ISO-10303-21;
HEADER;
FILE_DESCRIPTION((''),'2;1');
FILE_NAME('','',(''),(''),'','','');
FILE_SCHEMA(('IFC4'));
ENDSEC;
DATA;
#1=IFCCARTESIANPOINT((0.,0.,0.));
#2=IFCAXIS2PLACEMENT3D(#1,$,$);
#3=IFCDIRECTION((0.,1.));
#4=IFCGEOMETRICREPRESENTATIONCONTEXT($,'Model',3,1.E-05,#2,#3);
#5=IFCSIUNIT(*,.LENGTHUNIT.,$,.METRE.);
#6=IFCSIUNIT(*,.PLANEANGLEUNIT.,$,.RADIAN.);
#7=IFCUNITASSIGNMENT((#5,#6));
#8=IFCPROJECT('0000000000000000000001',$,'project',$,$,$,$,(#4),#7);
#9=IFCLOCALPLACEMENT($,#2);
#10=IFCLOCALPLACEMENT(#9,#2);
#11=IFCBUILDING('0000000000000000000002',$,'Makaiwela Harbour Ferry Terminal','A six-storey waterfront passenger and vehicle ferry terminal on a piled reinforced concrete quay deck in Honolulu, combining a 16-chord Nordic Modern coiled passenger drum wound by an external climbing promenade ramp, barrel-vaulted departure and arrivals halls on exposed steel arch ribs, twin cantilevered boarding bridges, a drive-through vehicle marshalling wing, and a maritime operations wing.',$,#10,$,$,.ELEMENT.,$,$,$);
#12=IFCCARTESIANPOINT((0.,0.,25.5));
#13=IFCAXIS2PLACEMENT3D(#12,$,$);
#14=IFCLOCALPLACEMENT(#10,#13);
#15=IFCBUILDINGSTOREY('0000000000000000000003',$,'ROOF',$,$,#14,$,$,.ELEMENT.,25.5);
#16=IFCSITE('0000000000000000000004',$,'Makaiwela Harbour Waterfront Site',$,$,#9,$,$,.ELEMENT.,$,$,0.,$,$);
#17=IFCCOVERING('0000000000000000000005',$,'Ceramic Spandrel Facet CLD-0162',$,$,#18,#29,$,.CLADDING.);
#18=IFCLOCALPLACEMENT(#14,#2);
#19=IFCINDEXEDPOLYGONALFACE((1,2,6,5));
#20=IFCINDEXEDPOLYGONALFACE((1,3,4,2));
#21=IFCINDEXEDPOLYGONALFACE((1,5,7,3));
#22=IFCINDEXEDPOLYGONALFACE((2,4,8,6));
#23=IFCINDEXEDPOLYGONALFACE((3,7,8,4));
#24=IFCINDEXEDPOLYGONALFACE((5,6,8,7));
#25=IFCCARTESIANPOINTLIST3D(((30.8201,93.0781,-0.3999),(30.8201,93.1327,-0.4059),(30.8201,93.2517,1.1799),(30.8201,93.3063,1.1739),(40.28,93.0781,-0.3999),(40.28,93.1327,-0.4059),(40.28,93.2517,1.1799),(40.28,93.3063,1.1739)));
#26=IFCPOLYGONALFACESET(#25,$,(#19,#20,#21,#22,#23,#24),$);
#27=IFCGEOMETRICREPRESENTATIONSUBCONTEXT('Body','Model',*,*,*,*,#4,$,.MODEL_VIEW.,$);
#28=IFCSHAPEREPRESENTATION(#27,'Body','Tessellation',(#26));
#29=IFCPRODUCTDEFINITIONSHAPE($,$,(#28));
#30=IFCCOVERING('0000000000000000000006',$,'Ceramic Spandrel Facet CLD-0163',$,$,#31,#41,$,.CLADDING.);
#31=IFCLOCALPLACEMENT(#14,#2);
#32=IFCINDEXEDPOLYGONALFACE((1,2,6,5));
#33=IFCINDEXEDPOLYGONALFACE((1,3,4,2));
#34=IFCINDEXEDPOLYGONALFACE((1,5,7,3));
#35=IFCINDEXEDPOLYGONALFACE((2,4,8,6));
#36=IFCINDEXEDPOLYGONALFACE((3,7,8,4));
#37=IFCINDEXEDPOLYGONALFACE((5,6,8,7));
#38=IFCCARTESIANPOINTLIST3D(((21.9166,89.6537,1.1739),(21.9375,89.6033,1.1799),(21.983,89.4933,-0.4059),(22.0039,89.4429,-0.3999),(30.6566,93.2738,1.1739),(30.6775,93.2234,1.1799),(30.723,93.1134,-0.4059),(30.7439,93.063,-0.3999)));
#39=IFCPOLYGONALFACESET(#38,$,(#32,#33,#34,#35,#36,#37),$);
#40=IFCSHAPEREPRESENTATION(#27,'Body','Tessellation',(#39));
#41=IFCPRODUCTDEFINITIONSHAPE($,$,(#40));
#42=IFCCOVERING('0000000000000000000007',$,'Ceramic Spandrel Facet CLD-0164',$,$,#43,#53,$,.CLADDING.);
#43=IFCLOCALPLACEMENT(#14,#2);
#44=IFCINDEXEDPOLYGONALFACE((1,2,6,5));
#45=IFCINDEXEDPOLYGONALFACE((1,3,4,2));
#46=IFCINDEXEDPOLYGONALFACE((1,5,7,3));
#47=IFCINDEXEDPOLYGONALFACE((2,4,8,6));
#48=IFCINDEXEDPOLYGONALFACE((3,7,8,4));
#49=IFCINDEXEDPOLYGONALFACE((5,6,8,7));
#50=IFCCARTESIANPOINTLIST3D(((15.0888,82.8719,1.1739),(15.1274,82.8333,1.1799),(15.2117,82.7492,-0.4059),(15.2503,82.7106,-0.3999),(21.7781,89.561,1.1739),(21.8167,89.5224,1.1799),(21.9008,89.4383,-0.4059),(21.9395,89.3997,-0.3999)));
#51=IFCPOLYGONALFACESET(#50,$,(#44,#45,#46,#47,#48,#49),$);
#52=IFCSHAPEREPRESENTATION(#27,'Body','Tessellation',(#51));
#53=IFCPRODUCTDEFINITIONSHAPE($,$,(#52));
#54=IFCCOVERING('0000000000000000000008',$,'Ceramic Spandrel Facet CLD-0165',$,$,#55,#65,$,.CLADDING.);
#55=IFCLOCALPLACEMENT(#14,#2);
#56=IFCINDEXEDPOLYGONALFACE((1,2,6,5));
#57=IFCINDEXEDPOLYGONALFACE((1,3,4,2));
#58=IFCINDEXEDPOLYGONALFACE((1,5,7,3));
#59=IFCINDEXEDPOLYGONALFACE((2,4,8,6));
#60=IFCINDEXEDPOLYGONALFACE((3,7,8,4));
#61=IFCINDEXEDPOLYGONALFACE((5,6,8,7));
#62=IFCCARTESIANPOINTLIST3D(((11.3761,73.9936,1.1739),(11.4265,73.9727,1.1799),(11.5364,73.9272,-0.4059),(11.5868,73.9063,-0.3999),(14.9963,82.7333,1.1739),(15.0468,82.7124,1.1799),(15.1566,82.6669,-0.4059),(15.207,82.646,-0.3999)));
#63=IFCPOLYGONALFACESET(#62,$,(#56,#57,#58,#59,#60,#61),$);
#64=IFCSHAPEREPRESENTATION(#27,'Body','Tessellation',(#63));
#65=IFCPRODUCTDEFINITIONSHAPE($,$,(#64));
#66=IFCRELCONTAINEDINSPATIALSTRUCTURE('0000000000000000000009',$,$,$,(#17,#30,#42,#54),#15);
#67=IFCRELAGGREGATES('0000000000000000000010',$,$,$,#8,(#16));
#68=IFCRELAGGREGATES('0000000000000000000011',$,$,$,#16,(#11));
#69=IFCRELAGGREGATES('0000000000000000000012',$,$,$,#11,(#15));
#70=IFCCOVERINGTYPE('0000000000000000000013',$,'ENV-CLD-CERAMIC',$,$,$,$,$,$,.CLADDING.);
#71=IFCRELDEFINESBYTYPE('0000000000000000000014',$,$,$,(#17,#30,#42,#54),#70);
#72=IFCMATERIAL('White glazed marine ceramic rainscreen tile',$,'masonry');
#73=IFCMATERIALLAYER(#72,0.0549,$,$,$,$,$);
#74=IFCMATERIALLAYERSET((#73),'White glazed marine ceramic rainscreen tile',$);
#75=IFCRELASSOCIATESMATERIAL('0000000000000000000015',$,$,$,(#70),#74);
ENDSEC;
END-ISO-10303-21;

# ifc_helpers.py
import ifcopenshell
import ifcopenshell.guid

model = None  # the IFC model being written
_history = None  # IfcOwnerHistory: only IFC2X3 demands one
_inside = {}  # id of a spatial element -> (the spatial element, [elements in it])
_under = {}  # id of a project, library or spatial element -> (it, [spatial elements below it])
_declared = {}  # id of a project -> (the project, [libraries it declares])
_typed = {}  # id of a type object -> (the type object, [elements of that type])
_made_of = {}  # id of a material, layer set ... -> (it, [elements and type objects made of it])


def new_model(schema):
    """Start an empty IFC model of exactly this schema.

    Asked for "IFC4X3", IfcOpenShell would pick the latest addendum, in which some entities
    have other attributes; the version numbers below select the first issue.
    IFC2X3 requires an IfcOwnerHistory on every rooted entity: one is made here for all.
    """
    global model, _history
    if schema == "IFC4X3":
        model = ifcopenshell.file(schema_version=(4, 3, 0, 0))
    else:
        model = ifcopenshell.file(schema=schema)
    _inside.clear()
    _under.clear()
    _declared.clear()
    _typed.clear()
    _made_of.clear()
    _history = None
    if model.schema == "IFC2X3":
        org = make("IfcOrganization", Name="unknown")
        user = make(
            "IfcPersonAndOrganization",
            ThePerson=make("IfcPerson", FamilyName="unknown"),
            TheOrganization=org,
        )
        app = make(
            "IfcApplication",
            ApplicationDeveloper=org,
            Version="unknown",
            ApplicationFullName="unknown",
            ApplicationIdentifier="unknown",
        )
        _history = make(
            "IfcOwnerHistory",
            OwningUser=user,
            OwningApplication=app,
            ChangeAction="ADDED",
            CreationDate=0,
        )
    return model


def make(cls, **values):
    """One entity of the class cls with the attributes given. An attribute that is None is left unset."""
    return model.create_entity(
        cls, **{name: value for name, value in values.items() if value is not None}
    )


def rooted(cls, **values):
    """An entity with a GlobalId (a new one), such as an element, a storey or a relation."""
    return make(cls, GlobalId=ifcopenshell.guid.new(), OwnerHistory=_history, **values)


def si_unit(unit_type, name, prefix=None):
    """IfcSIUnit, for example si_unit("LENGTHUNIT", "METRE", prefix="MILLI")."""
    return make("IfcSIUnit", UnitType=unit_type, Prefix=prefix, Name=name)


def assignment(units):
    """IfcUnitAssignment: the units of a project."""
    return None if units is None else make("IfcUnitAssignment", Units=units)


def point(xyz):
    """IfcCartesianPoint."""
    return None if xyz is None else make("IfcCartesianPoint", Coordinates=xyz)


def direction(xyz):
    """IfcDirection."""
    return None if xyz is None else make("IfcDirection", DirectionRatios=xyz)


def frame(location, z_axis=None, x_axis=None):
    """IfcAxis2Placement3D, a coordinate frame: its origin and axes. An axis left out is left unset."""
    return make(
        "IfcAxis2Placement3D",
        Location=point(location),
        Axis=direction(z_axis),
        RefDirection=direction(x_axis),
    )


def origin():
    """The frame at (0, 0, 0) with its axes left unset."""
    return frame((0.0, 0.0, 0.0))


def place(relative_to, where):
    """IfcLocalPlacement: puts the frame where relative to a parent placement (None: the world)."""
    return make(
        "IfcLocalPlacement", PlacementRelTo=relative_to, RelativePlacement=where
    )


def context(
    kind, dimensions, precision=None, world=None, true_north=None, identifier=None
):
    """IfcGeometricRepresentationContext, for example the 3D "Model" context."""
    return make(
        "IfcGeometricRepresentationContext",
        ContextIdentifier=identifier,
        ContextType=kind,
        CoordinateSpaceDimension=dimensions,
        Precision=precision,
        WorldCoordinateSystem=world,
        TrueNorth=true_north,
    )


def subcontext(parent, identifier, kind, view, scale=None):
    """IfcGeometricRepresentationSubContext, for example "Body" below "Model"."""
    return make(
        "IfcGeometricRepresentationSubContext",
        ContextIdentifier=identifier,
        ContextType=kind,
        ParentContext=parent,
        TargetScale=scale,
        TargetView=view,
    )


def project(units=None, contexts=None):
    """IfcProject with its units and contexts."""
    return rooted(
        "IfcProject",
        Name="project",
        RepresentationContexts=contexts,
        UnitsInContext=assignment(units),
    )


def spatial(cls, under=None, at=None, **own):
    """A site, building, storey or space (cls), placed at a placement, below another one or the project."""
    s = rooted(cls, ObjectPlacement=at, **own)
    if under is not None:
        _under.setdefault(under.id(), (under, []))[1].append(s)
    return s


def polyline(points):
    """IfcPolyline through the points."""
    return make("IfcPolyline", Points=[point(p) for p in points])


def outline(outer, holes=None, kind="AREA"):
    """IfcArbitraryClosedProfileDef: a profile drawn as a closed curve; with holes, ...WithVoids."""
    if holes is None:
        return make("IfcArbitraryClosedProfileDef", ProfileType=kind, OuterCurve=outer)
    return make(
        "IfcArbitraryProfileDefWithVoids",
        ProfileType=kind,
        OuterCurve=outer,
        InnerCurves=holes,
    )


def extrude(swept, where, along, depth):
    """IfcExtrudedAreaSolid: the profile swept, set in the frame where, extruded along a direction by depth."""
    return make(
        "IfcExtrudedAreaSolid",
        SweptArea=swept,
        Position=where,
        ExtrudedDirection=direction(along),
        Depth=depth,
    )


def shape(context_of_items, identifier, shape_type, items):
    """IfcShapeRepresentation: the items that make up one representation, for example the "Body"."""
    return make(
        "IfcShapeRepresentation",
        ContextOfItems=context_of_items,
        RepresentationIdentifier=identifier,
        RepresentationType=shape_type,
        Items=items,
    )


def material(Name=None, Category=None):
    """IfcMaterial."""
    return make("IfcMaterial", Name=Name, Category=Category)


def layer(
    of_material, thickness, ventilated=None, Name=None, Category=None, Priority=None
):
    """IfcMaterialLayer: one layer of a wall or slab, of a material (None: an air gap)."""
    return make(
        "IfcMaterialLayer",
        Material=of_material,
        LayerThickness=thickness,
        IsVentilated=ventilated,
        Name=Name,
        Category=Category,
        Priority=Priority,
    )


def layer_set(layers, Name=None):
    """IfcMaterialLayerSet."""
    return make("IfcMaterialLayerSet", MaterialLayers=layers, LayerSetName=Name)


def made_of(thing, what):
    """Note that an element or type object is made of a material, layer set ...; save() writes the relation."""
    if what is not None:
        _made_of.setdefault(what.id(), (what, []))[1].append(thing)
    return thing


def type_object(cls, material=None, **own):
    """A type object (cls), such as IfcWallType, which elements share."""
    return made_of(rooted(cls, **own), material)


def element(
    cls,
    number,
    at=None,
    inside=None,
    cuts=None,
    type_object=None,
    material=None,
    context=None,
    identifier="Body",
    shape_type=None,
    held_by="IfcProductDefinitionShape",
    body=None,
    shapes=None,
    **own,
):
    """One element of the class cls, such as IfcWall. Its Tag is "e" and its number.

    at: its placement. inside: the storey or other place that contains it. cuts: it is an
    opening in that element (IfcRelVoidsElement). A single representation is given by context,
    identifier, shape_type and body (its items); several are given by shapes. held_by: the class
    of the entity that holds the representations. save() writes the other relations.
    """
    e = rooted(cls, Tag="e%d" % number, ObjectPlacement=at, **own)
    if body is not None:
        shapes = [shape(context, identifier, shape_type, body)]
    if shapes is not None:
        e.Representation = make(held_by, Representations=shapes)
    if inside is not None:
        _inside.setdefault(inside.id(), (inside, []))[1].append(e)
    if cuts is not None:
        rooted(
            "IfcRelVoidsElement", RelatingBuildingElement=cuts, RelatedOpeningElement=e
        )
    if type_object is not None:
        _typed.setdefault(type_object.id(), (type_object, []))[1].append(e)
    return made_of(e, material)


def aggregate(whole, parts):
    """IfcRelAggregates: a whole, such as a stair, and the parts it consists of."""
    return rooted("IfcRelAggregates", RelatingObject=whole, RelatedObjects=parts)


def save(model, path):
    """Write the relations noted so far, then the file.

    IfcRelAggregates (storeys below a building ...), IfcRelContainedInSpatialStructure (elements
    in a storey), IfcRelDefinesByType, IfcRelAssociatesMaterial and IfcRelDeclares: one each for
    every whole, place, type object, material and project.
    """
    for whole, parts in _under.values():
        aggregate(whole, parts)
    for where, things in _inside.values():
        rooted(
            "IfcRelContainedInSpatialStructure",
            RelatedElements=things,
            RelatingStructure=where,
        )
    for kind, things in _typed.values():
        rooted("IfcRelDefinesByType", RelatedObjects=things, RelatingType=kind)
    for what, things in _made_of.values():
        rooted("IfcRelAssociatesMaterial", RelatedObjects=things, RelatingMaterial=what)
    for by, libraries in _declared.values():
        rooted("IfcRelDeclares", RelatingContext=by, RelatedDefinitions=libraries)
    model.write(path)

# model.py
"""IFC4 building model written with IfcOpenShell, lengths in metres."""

from ifc_helpers import new_model, si_unit, direction, frame, origin, place, context, subcontext, project, spatial, polyline, outline, extrude, material, layer, layer_set, type_object, element, save


model = new_model("IFC4")

# Units and contexts
model_context = context("Model", 3, precision=1e-05, world=origin(), true_north=direction((0.0, 1.0)))
body_context = subcontext(model_context, "Body", "Model", "MODEL_VIEW")
ifc_project = project(units=[si_unit("LENGTHUNIT", "METRE"), si_unit("PLANEANGLEUNIT", "RADIAN")], contexts=[model_context])

# Site, building, storey
site_placement = place(None, origin())
site = spatial("IfcSite", under=ifc_project, at=site_placement, Name="Makaiwela Harbour Waterfront Site", CompositionType="ELEMENT", RefElevation=0.0)
building_placement = place(site_placement, origin())
building = spatial("IfcBuilding", under=site, at=building_placement, Name="Makaiwela Harbour Ferry Terminal", Description="A six-storey waterfront passenger and vehicle ferry terminal on a piled reinforced concrete quay deck in Honolulu, combining a 16-chord Nordic Modern coiled passenger drum wound by an external climbing promenade ramp, barrel-vaulted departure and arrivals halls on exposed steel arch ribs, twin cantilevered boarding bridges, a drive-through vehicle marshalling wing, and a maritime operations wing.", CompositionType="ELEMENT")
storey_placement = place(building_placement, frame((0.0, 0.0, 25.5)))
storey = spatial("IfcBuildingStorey", under=building, at=storey_placement, Name="ROOF", CompositionType="ELEMENT", Elevation=25.5)

# Coverings
ifc_material_1 = material(Name="White glazed marine ceramic rainscreen tile", Category="masonry")
ifc_layer_1 = layer(ifc_material_1, 0.0549)
ifc_layer_set_1 = layer_set([ifc_layer_1], Name="White glazed marine ceramic rainscreen tile")
covering_type = type_object("IfcCoveringType", Name="ENV-CLD-CERAMIC", PredefinedType="CLADDING", material=ifc_layer_set_1)
covering_1_placement = place(storey_placement, frame((40.28, 93.0781, -0.3999), z_axis=(0.0, -0.994018, 0.109218), x_axis=(-1.0, 0.0, 0.0)))
element("IfcCovering", 1, at=covering_1_placement, inside=storey, type_object=covering_type, Name="Ceramic Spandrel Facet CLD-0162", PredefinedType="CLADDING", context=body_context, shape_type="SweptSolid", body=[
    extrude(outline(polyline([(0.0, 0.0), (9.46, 0.0), (9.46, -1.5893), (0.0, -1.5893), (0.0, 0.0)])), origin(), (0.0, 0.0, -1.0), 0.0549),
])
covering_2_placement = place(storey_placement, frame((30.7439, 93.063, -0.3999), z_axis=(0.380384, -0.918355, 0.109229), x_axis=(-0.923883, -0.382674, 0.0)))
element("IfcCovering", 2, at=covering_2_placement, inside=storey, type_object=covering_type, Name="Ceramic Spandrel Facet CLD-0163", PredefinedType="CLADDING", context=body_context, shape_type="SweptSolid", body=[
    extrude(outline(polyline([(0.0, 0.0), (9.4601, 0.0), (9.46, -1.5893), (0.0, -1.5893), (0.0, 0.0)])), origin(), (0.0, 0.0, -1.0), 0.0549),
])
covering_3_placement = place(storey_placement, frame((21.9395, 89.3997, -0.3999), z_axis=(0.70287, -0.702883, 0.109217), x_axis=(-0.707113, -0.7071, 0.000001)))
element("IfcCovering", 3, at=covering_3_placement, inside=storey, type_object=covering_type, Name="Ceramic Spandrel Facet CLD-0164", PredefinedType="CLADDING", context=body_context, shape_type="SweptSolid", body=[
    extrude(outline(polyline([(0.0, 0.0), (9.4598, 0.0), (9.46, -1.5893), (0.0, -1.5894), (0.0, 0.0)])), origin(), (0.0, 0.0, -1.0), 0.0549),
])
covering_4_placement = place(storey_placement, frame((15.207, 82.646, -0.3999), z_axis=(0.918354, -0.380407, 0.109159), x_axis=(-0.382694, -0.923875, -0.000001)))
element("IfcCovering", 4, at=covering_4_placement, inside=storey, type_object=covering_type, Name="Ceramic Spandrel Facet CLD-0165", PredefinedType="CLADDING", context=body_context, shape_type="SweptSolid", body=[
    extrude(outline(polyline([(0.0, 0.0), (9.4598, 0.0), (9.4599, -1.5893), (-0.0001, -1.5893), (0.0, 0.0)])), origin(), (0.0, 0.0, -1.0), 0.0549),
])

save(model, "model.ifc")
